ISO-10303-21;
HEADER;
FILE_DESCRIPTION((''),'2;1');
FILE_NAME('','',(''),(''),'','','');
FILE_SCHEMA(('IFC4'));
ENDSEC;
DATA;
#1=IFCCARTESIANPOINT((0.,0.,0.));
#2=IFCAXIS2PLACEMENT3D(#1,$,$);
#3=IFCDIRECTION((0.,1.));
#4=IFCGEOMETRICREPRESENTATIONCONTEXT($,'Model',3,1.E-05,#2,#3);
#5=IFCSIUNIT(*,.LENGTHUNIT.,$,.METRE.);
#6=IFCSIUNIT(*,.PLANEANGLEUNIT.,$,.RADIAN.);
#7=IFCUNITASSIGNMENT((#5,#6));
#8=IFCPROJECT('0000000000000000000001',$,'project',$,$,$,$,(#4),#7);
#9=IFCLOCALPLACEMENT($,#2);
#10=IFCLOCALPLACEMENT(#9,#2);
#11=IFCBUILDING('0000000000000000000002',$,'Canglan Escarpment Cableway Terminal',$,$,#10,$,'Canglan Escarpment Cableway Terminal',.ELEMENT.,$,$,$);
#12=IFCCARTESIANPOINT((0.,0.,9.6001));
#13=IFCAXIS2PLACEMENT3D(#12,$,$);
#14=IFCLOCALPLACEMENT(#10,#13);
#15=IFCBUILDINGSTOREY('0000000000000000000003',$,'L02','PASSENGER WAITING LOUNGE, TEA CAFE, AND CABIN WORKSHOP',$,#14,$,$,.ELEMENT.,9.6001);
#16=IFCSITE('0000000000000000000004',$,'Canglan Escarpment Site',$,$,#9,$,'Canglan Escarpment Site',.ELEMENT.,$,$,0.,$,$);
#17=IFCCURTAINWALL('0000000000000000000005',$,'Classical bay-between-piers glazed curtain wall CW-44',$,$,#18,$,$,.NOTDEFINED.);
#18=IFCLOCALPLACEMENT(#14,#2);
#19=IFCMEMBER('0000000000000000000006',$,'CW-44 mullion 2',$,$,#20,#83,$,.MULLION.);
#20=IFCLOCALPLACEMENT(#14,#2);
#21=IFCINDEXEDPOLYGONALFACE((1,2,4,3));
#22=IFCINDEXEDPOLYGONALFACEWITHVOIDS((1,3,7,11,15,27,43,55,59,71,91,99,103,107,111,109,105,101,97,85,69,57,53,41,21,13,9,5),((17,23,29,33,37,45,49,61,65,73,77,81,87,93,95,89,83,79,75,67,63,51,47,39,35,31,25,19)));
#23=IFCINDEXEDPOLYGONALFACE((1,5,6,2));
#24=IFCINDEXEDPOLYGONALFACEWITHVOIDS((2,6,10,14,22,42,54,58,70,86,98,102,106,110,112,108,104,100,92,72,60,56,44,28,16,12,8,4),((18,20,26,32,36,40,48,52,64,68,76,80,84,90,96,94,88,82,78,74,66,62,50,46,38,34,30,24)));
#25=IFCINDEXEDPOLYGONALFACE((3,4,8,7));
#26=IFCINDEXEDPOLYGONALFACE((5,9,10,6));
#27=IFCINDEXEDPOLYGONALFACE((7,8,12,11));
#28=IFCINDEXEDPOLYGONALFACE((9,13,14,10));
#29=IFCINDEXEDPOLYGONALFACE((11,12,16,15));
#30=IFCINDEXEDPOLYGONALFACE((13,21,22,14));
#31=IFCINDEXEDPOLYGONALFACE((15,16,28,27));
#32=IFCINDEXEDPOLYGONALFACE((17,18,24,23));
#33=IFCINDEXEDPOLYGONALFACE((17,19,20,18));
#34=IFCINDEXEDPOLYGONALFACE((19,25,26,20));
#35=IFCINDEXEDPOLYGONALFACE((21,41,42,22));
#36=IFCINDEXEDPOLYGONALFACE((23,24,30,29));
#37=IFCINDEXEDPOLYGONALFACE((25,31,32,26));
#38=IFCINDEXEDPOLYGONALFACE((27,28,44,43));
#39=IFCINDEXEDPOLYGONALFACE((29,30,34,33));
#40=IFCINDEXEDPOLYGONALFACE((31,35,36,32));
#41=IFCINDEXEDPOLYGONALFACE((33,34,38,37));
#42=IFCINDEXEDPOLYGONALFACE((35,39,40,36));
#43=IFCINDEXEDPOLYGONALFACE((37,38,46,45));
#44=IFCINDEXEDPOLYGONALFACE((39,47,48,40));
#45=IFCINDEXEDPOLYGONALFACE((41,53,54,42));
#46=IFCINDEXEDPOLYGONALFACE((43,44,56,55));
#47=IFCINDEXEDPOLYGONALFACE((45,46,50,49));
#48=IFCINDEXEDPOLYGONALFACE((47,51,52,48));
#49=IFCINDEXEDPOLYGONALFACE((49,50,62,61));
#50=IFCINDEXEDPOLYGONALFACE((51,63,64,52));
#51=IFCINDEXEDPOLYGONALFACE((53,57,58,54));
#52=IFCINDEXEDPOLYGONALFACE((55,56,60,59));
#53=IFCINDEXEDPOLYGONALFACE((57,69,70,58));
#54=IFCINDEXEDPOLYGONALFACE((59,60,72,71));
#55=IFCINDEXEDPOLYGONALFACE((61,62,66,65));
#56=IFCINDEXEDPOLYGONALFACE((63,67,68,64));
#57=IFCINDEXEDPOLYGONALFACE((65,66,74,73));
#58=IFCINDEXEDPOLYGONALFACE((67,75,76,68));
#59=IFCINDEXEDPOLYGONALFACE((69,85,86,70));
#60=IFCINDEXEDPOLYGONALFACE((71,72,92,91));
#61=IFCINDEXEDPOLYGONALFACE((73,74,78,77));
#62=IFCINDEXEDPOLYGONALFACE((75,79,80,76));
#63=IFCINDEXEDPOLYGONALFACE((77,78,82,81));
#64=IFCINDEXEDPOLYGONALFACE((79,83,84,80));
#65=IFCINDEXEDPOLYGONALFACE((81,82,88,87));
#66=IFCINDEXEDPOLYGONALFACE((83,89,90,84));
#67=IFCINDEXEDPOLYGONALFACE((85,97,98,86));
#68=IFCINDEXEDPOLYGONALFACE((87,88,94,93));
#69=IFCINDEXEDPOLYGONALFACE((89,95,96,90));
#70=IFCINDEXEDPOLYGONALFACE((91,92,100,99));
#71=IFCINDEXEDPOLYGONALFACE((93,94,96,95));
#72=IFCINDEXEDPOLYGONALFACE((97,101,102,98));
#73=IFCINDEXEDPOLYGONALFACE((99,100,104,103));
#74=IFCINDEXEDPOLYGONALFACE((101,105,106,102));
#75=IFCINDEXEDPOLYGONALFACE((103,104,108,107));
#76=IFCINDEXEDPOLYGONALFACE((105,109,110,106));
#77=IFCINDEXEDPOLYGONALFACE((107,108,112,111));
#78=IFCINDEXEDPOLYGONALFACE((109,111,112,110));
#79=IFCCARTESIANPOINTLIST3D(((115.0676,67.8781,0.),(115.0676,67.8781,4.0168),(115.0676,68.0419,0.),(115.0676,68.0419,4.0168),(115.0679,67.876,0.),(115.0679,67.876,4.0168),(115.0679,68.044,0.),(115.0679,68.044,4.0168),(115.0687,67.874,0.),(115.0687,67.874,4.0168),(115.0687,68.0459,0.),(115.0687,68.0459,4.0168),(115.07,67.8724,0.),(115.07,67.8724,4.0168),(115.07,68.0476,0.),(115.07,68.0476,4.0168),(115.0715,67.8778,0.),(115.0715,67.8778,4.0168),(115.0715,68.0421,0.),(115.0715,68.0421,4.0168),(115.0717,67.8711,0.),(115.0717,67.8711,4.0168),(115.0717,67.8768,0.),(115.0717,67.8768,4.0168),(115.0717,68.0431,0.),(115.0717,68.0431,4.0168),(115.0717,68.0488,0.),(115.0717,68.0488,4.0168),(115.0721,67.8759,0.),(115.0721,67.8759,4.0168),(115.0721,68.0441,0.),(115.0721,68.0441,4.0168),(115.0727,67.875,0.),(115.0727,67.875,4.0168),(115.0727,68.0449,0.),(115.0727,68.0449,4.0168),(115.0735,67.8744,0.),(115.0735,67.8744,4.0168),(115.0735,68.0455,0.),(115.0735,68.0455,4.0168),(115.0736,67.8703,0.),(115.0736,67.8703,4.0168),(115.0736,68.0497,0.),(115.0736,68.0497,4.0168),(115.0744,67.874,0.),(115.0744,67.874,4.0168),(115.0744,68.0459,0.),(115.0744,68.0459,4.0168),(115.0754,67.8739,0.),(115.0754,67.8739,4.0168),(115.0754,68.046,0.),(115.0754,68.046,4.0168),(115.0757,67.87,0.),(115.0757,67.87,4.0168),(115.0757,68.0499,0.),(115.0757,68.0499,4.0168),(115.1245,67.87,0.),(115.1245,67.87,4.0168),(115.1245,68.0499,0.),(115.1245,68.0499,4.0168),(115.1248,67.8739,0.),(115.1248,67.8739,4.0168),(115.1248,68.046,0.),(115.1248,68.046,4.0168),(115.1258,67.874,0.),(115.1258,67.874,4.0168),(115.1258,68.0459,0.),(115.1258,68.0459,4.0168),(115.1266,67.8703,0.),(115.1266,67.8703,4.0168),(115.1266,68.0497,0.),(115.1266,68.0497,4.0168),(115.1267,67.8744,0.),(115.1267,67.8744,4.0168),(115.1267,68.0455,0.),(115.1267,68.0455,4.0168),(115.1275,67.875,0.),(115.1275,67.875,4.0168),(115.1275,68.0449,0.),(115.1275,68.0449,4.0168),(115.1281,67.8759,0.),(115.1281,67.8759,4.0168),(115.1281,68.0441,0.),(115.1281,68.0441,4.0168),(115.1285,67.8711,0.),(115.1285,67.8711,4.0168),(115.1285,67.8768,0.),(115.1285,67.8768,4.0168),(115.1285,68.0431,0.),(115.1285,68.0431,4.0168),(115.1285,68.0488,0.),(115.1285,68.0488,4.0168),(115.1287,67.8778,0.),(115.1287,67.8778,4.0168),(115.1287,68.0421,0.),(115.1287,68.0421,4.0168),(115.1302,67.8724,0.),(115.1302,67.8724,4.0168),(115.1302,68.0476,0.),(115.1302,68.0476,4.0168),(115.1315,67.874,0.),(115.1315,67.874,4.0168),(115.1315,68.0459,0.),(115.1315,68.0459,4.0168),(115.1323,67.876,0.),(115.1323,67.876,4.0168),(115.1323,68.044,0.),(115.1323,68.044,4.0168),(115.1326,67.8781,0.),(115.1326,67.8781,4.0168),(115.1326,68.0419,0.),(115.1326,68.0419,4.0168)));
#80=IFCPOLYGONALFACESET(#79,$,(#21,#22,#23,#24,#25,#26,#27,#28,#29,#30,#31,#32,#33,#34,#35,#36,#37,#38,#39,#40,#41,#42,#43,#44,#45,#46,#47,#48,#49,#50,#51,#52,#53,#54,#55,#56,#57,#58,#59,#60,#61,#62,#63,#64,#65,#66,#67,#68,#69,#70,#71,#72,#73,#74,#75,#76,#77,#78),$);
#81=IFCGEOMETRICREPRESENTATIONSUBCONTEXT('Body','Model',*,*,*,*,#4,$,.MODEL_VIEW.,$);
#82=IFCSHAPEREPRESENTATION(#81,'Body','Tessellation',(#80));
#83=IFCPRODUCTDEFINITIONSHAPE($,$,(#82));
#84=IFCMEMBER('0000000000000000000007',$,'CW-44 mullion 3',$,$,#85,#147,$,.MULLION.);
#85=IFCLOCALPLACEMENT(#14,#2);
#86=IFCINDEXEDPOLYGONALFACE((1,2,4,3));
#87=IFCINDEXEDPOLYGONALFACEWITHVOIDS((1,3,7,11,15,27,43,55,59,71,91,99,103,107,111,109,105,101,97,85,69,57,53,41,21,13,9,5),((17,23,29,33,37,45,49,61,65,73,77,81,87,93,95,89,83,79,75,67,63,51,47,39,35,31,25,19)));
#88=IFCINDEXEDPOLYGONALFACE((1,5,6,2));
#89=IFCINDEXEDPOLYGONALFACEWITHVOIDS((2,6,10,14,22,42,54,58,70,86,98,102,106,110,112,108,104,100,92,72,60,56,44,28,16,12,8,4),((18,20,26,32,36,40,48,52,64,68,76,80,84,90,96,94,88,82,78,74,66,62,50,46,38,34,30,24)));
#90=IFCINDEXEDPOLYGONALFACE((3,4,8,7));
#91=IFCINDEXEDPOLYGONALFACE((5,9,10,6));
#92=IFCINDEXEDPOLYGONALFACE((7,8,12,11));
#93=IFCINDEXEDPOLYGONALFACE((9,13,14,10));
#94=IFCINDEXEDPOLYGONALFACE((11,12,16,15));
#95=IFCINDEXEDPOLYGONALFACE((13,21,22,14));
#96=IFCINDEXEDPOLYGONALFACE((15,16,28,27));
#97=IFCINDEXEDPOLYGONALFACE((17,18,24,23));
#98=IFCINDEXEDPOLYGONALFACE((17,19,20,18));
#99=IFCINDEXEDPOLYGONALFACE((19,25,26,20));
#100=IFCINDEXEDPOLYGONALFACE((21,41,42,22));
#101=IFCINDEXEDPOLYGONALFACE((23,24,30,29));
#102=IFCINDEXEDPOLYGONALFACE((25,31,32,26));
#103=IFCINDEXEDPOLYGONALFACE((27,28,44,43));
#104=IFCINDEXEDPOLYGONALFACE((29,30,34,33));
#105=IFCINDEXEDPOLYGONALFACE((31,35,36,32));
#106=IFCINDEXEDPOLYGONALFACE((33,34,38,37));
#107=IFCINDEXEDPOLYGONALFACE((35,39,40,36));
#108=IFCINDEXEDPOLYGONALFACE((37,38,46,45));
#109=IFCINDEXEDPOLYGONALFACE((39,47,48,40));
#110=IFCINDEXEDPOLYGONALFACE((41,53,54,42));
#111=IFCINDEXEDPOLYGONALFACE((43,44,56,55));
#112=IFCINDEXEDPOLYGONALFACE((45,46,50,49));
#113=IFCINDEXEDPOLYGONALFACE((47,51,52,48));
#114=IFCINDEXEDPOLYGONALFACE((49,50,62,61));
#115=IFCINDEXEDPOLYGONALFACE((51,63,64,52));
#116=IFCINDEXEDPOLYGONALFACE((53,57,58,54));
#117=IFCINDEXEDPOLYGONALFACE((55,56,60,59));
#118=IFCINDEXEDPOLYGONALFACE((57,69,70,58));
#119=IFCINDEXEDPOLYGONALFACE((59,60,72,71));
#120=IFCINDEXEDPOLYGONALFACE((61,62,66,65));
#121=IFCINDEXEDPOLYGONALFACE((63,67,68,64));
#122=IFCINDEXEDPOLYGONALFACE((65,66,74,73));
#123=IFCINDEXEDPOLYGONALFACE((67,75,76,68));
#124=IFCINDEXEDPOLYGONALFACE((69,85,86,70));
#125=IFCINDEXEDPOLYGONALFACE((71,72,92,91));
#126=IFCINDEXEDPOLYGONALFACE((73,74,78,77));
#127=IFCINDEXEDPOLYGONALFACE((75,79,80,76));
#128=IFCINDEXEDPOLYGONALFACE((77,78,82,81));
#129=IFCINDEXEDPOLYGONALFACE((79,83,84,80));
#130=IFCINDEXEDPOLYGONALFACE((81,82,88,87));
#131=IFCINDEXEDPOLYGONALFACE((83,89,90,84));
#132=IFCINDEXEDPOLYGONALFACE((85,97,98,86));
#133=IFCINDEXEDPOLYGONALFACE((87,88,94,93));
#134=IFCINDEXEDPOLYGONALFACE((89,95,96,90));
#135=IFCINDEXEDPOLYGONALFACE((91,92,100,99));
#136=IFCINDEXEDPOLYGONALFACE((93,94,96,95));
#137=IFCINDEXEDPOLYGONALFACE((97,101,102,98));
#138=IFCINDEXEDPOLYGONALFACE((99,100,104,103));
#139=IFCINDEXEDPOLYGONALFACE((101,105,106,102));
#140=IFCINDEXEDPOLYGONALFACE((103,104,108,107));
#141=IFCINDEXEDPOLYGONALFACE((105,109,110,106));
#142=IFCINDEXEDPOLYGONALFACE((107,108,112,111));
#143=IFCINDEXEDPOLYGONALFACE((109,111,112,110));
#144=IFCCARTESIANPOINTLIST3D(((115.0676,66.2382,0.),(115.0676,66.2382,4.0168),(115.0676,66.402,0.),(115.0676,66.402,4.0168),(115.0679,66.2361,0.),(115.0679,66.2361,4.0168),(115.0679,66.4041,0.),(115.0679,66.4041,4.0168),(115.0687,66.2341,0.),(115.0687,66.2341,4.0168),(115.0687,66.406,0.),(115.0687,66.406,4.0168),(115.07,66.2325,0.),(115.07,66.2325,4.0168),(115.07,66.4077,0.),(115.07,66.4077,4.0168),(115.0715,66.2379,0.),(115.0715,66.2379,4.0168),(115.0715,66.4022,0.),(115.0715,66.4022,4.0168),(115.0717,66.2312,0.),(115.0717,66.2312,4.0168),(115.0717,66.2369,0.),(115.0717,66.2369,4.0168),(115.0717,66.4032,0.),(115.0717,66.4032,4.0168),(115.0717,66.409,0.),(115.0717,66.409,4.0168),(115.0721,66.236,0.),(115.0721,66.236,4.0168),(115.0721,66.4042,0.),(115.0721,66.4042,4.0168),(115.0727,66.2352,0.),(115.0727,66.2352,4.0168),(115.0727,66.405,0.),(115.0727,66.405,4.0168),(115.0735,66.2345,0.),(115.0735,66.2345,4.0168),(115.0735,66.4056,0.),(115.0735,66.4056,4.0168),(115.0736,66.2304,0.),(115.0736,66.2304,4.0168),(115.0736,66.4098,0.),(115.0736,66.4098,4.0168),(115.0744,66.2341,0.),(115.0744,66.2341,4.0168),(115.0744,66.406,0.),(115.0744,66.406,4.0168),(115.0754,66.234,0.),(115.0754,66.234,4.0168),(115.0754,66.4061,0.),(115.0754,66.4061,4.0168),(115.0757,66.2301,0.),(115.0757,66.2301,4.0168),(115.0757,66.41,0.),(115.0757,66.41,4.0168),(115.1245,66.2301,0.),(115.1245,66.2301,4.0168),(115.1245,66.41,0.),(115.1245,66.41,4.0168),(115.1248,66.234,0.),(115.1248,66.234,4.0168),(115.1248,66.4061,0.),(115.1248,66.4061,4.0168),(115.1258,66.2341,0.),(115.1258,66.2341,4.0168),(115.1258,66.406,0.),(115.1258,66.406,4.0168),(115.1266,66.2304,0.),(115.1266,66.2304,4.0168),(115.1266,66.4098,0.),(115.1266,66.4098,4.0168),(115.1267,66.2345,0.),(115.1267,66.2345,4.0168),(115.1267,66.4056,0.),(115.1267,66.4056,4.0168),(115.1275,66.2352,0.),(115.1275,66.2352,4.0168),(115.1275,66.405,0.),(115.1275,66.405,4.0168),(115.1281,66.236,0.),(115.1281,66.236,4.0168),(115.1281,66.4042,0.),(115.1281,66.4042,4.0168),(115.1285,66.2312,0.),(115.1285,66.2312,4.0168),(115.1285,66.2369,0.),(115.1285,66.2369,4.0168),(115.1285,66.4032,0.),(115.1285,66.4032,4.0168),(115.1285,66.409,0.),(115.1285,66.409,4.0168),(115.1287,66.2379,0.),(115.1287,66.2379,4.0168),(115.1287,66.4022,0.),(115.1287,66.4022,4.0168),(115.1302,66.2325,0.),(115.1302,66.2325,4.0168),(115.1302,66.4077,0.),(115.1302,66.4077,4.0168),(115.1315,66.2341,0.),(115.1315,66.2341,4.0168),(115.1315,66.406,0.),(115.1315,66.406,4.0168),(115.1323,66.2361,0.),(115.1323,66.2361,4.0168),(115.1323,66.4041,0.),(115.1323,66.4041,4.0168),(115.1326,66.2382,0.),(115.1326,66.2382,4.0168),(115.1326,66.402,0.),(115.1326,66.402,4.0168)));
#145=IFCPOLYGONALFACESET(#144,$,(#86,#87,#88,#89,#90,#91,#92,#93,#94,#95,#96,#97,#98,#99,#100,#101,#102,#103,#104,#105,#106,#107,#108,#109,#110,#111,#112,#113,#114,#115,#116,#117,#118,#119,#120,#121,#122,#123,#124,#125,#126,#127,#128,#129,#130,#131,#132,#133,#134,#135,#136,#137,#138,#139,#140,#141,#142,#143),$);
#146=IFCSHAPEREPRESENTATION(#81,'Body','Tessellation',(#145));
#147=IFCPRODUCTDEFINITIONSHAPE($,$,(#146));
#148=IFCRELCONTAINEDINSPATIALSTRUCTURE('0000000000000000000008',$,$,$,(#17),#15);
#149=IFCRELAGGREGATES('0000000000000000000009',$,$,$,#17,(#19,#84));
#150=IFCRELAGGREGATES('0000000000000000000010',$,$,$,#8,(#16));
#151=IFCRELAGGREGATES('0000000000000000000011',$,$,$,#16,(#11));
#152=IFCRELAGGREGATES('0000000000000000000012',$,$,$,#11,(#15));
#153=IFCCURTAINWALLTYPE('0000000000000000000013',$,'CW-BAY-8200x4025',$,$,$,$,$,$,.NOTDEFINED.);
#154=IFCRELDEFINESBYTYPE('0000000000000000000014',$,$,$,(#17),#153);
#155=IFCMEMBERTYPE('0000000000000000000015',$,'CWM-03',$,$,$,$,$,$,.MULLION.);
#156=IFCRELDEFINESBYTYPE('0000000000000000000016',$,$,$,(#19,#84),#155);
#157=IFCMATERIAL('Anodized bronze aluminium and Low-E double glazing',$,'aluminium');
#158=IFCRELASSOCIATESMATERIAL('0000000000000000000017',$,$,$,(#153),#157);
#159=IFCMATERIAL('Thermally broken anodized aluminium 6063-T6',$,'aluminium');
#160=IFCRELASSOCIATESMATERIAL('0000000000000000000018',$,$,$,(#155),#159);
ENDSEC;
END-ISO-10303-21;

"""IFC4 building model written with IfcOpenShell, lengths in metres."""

from ifc_helpers import new_model, si_unit, direction, frame, origin, origin_2d, place, context, subcontext, project, spatial, hollow_rectangle, extrude, material, material_profile, profile_set, type_object, element, aggregate, save


model = new_model("IFC4")

# Units and contexts
model_context = context("Model", 3, precision=1e-05, world=origin(), true_north=direction((0.0, 1.0)))
body_context = subcontext(model_context, "Body", "Model", "MODEL_VIEW")
ifc_project = project(units=[si_unit("LENGTHUNIT", "METRE"), si_unit("PLANEANGLEUNIT", "RADIAN")], contexts=[model_context])

# Site, building, storey
site_placement = place(None, origin())
site = spatial("IfcSite", under=ifc_project, at=site_placement, Name="Canglan Escarpment Site", LongName="Canglan Escarpment Site", CompositionType="ELEMENT", RefElevation=0.0)
building_placement = place(site_placement, origin())
building = spatial("IfcBuilding", under=site, at=building_placement, Name="Canglan Escarpment Cableway Terminal", LongName="Canglan Escarpment Cableway Terminal", CompositionType="ELEMENT")
storey_placement = place(building_placement, frame((0.0, 0.0, 9.6001)))
storey = spatial("IfcBuildingStorey", under=building, at=storey_placement, Name="L02", Description="PASSENGER WAITING LOUNGE, TEA CAFE, AND CABIN WORKSHOP", CompositionType="ELEMENT", Elevation=9.6001)

# Curtain wall, members
ifc_material_1 = material(Name="Anodized bronze aluminium and Low-E double glazing", Category="aluminium")
curtain_wall_type = type_object("IfcCurtainWallType", Name="CW-BAY-8200x4025", PredefinedType="NOTDEFINED", material=ifc_material_1)
curtain_wall_placement = place(storey_placement, origin())
curtain_wall = element("IfcCurtainWall", 1, at=curtain_wall_placement, inside=storey, type_object=curtain_wall_type, Name="Classical bay-between-piers glazed curtain wall CW-44", PredefinedType="NOTDEFINED")
ifc_material_2 = material(Name="Thermally broken anodized aluminium 6063-T6", Category="aluminium")
ifc_material_profile_1 = material_profile(ifc_material_2, hollow_rectangle(XDim=0.0649, YDim=0.1799, WallThickness=0.0039, InnerFilletRadius=0.0039, OuterFilletRadius=0.0081, at=origin_2d()), Name="ALU-MULL 65x180x4")
ifc_profile_set_1 = profile_set([ifc_material_profile_1], Name="Thermally broken anodized aluminium 6063-T6")
member_type_1 = type_object("IfcMemberType", Name="CWM-03", PredefinedType="MULLION", material=ifc_profile_set_1)
member_1_placement = place(storey_placement, frame((115.1001, 67.96, 0.0), z_axis=(0.0, 0.0, 1.0), x_axis=(1.0, 0.0, 0.0)))
member_1 = element("IfcMember", 2, at=member_1_placement, type_object=member_type_1, Name="CW-44 mullion 2", PredefinedType="MULLION", context=body_context, shape_type="SweptSolid", body=[
    extrude(hollow_rectangle(XDim=0.0649, YDim=0.1799, WallThickness=0.0039, InnerFilletRadius=0.0039, OuterFilletRadius=0.0081, at=origin_2d()), origin(), (0.0, 0.0, 1.0), 4.0168),
])
member_2_placement = place(storey_placement, frame((115.1001, 66.3201, 0.0), z_axis=(0.0, 0.0, 1.0), x_axis=(1.0, 0.0, 0.0)))
member_2 = element("IfcMember", 3, at=member_2_placement, type_object=member_type_1, Name="CW-44 mullion 3", PredefinedType="MULLION", context=body_context, shape_type="SweptSolid", body=[
    extrude(hollow_rectangle(XDim=0.0649, YDim=0.1799, WallThickness=0.0039, InnerFilletRadius=0.0039, OuterFilletRadius=0.0081, at=origin_2d()), origin(), (0.0, 0.0, 1.0), 4.0168),
])

aggregate(curtain_wall, [member_1, member_2])

save(model, "model.ifc")
